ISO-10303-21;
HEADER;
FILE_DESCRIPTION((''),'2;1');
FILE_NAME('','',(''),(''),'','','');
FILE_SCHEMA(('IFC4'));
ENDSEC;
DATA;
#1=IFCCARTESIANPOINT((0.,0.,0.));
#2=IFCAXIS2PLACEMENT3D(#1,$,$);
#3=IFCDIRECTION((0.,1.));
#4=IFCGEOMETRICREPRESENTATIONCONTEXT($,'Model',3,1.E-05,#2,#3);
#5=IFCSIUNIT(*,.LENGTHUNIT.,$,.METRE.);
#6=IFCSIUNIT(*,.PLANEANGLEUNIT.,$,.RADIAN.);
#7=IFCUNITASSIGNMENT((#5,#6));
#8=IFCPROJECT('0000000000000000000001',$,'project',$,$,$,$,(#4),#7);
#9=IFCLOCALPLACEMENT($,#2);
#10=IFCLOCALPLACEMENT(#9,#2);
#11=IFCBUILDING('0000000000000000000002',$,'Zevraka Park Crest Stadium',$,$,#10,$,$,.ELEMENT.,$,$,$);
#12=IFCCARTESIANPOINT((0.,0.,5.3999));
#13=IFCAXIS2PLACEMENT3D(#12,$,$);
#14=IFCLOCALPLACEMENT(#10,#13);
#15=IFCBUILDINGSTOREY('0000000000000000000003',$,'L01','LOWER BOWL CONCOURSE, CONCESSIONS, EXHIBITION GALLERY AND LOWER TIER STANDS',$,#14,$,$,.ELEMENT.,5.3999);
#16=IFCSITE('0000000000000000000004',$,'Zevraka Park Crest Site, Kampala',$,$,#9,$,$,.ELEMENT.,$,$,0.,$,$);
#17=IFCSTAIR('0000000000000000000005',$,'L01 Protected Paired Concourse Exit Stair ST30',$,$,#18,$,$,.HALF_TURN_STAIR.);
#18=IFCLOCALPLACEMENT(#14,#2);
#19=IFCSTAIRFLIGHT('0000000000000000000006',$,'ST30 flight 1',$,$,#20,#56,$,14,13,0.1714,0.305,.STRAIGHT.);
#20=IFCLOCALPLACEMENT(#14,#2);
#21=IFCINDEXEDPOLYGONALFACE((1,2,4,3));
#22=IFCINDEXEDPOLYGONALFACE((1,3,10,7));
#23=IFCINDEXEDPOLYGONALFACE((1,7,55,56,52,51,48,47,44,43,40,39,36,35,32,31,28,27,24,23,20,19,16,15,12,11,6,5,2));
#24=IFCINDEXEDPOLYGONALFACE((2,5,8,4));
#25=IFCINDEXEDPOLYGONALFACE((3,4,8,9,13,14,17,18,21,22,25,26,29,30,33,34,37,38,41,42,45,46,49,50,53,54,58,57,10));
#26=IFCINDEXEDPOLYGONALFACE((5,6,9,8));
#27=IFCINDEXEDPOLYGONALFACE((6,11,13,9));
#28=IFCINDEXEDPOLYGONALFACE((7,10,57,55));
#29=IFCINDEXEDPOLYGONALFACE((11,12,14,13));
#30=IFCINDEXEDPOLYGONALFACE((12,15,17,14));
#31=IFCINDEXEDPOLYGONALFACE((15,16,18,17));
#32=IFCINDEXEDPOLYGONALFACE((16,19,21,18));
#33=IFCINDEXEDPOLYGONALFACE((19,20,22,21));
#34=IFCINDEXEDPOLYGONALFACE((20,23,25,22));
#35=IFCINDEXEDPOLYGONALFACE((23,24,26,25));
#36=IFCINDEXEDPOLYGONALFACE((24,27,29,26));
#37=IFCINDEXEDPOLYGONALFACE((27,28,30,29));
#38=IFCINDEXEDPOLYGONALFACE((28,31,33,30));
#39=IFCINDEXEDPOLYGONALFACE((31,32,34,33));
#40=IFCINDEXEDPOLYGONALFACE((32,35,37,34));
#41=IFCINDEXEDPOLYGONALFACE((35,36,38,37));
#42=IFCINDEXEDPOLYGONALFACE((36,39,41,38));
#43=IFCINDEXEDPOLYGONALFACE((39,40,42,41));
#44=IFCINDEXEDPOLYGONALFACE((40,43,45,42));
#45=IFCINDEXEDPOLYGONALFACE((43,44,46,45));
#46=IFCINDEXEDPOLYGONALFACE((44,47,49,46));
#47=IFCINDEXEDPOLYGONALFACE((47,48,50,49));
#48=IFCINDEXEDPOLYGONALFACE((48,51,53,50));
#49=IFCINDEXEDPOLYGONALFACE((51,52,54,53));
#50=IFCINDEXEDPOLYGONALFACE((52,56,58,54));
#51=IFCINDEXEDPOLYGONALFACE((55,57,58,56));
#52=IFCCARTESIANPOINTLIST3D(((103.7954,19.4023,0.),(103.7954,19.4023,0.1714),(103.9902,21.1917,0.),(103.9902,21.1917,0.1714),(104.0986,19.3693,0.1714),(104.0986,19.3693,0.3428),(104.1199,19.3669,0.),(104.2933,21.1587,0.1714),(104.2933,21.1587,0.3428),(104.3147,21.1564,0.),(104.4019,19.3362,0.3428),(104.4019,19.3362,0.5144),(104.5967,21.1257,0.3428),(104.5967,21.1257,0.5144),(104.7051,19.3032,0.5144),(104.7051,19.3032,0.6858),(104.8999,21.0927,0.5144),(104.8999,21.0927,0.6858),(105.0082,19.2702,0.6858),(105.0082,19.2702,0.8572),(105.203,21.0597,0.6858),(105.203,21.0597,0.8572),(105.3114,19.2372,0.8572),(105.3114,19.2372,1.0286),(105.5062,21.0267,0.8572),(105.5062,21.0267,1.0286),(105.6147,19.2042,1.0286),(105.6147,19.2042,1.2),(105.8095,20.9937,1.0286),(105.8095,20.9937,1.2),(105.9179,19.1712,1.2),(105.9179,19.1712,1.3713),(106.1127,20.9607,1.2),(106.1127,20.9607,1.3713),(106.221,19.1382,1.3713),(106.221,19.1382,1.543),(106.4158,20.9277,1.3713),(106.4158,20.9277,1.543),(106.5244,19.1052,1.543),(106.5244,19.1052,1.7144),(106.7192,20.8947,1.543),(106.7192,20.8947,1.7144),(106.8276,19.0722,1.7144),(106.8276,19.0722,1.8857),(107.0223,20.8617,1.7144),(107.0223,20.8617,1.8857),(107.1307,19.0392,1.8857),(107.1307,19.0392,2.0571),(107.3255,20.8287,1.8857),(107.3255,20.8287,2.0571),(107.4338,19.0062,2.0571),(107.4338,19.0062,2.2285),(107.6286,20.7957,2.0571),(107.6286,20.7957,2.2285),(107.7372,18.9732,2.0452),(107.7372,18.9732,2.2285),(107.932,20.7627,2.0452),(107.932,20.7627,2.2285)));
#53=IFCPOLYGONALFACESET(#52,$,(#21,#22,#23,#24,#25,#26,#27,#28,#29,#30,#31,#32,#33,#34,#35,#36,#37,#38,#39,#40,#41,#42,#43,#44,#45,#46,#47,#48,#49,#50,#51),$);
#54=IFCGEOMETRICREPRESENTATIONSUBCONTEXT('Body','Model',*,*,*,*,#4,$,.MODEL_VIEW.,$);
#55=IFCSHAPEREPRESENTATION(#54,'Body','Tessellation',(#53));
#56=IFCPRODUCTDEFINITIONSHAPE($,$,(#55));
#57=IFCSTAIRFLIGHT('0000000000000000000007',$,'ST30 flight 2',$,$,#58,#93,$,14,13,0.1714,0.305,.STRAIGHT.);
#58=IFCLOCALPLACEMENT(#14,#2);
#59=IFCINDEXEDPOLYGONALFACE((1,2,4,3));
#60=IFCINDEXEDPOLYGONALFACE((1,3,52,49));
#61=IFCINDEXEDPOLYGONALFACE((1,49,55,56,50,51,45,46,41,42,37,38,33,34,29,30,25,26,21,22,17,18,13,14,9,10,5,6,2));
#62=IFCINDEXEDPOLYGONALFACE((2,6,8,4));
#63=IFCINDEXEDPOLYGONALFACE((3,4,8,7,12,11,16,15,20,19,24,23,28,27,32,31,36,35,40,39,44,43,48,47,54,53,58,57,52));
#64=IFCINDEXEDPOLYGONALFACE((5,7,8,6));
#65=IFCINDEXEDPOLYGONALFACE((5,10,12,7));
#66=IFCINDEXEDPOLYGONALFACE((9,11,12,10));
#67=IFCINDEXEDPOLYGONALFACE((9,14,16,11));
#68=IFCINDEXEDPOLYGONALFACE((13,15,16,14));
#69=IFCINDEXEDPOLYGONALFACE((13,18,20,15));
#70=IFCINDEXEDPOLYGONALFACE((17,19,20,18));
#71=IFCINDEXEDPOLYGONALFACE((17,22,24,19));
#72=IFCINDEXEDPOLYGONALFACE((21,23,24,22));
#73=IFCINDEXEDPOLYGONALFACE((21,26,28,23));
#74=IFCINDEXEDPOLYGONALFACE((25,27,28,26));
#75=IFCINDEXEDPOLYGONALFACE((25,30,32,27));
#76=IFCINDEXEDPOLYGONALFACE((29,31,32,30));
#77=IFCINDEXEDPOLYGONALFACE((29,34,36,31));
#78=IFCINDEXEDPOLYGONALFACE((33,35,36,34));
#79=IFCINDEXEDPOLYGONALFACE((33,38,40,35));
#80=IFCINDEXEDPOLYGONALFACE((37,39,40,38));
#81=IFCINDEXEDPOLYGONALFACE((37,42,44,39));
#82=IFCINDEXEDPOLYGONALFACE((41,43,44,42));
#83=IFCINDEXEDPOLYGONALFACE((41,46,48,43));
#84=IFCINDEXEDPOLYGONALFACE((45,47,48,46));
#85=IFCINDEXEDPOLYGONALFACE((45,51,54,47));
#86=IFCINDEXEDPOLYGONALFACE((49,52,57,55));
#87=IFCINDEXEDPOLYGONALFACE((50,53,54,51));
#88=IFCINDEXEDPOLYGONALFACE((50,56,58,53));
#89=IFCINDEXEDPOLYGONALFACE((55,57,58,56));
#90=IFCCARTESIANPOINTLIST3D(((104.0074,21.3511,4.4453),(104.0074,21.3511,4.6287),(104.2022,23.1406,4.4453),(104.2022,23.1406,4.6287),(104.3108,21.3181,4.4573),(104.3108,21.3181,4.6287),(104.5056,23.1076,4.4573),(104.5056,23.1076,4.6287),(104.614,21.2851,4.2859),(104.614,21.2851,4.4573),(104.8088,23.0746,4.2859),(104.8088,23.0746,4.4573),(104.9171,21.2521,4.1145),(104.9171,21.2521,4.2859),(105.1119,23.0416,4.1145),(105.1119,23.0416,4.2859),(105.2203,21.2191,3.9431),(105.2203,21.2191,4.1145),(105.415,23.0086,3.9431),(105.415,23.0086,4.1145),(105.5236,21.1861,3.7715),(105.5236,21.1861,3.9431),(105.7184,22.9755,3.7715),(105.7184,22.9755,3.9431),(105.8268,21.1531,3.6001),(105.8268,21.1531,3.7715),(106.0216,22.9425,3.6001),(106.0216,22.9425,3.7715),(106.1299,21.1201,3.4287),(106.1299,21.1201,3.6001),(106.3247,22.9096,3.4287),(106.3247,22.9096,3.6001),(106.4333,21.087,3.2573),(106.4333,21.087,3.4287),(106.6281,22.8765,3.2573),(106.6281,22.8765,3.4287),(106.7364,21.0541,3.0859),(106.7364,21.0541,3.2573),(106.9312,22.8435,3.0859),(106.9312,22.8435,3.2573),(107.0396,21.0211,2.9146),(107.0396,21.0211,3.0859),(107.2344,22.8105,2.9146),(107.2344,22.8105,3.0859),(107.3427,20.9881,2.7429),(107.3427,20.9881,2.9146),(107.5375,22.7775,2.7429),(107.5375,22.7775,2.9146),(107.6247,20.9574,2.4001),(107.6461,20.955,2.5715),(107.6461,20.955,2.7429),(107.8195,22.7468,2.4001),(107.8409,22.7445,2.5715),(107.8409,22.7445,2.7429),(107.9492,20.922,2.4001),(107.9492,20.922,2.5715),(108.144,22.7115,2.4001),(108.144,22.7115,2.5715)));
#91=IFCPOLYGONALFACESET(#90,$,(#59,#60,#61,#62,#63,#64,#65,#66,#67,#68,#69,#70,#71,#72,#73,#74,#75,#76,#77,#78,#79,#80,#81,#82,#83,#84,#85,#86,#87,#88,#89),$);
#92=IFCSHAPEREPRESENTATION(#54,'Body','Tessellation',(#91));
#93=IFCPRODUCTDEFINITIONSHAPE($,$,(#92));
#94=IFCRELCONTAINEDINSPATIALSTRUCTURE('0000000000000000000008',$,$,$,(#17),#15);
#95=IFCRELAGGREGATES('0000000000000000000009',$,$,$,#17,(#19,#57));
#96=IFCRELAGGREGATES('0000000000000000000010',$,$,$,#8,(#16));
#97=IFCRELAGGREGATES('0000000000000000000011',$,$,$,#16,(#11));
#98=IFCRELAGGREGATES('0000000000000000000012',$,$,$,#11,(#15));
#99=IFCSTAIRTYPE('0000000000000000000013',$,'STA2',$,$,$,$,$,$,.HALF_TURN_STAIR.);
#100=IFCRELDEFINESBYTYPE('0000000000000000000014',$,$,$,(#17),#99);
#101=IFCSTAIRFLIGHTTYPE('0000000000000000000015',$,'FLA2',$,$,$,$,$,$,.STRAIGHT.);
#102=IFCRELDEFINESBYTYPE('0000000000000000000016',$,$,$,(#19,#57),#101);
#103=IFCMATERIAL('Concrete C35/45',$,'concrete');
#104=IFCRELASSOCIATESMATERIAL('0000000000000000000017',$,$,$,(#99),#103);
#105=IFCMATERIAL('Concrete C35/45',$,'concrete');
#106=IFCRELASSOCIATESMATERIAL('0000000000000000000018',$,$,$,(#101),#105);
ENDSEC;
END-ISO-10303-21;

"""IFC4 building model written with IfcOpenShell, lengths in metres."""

from ifc_helpers import new_model, si_unit, direction, frame, origin, place, context, subcontext, project, spatial, polyline, outline, extrude, material, type_object, element, aggregate, save


model = new_model("IFC4")

# Units and contexts
model_context = context("Model", 3, precision=1e-05, world=origin(), true_north=direction((0.0, 1.0)))
body_context = subcontext(model_context, "Body", "Model", "MODEL_VIEW")
ifc_project = project(units=[si_unit("LENGTHUNIT", "METRE"), si_unit("PLANEANGLEUNIT", "RADIAN")], contexts=[model_context])

# Site, building, storey
site_placement = place(None, origin())
site = spatial("IfcSite", under=ifc_project, at=site_placement, Name="Zevraka Park Crest Site, Kampala", CompositionType="ELEMENT", RefElevation=0.0)
building_placement = place(site_placement, origin())
building = spatial("IfcBuilding", under=site, at=building_placement, Name="Zevraka Park Crest Stadium", CompositionType="ELEMENT")
storey_placement = place(building_placement, frame((0.0, 0.0, 5.3999)))
storey = spatial("IfcBuildingStorey", under=building, at=storey_placement, Name="L01", Description="LOWER BOWL CONCOURSE, CONCESSIONS, EXHIBITION GALLERY AND LOWER TIER STANDS", CompositionType="ELEMENT", Elevation=5.3999)

# Stair, stair flights
ifc_material_1 = material(Name="Concrete C35/45", Category="concrete")
stair_type = type_object("IfcStairType", Name="STA2", PredefinedType="HALF_TURN_STAIR", material=ifc_material_1)
stair_placement = place(storey_placement, origin())
stair = element("IfcStair", 1, at=stair_placement, inside=storey, type_object=stair_type, Name="L01 Protected Paired Concourse Exit Stair ST30", PredefinedType="HALF_TURN_STAIR")
ifc_material_2 = material(Name="Concrete C35/45", Category="concrete")
stair_flight_type = type_object("IfcStairFlightType", Name="FLA2", PredefinedType="STRAIGHT", material=ifc_material_2)
stair_flight_1_placement = place(storey_placement, frame((103.8928, 20.2971, 0.0), z_axis=(0.0, 0.0, 1.0), x_axis=(0.994128, -0.108215, 0.0)))
stair_flight_1 = element("IfcStairFlight", 2, at=stair_flight_1_placement, type_object=stair_flight_type, Name="ST30 flight 1", NumberOfRisers=14, NumberOfTreads=13, PredefinedType="STRAIGHT", RiserHeight=0.1714, TreadLength=0.305, context=body_context, shape_type="SweptSolid", body=[
    extrude(outline(polyline([(0.0, 0.0), (0.0, 0.1714), (0.3049, 0.1714), (0.3049, 0.3428), (0.6101, 0.3428), (0.6101, 0.5144), (0.915, 0.5144), (0.915, 0.6858), (1.22, 0.6858), (1.22, 0.8572), (1.5249, 0.8572), (1.5249, 1.0286), (1.8301, 1.0286), (1.8301, 1.2), (2.135, 1.2), (2.135, 1.3713), (2.4399, 1.3713), (2.4399, 1.543), (2.7451, 1.543), (2.7451, 1.7144), (3.05, 1.7144), (3.05, 1.8857), (3.355, 1.8857), (3.355, 2.0571), (3.6599, 2.0571), (3.6599, 2.2285), (3.9651, 2.2285), (3.9651, 2.3999), (3.9651, 2.0452), (0.3264, 0.0), (0.0, 0.0)])), frame((0.0, 0.8999, 0.0), z_axis=(0.0, -1.0, 0.0), x_axis=(1.0, 0.0, 0.0)), (0.0, 0.0, 1.0), 1.8),
])
stair_flight_2_placement = place(storey_placement, frame((108.0466, 21.8167, 2.4001), z_axis=(0.0, 0.0, 1.0), x_axis=(-0.994128, 0.108215, 0.0)))
stair_flight_2 = element("IfcStairFlight", 3, at=stair_flight_2_placement, type_object=stair_flight_type, Name="ST30 flight 2", NumberOfRisers=14, NumberOfTreads=13, PredefinedType="STRAIGHT", RiserHeight=0.1714, TreadLength=0.305, context=body_context, shape_type="SweptSolid", body=[
    extrude(outline(polyline([(0.0, 0.0), (0.0, 0.1714), (0.3049, 0.1714), (0.3049, 0.3428), (0.6101, 0.3428), (0.6101, 0.5144), (0.915, 0.5144), (0.915, 0.6858), (1.22, 0.6858), (1.22, 0.8572), (1.5249, 0.8572), (1.5249, 1.0286), (1.8301, 1.0286), (1.8301, 1.2), (2.135, 1.2), (2.135, 1.3713), (2.4399, 1.3713), (2.4399, 1.543), (2.7451, 1.543), (2.7451, 1.7144), (3.05, 1.7144), (3.05, 1.8857), (3.355, 1.8857), (3.355, 2.0571), (3.6599, 2.0571), (3.6599, 2.2285), (3.9651, 2.2285), (3.9651, 2.3999), (3.9651, 2.0452), (0.3264, 0.0), (0.0, 0.0)])), frame((0.0, 0.8999, 0.0), z_axis=(0.0, -1.0, 0.0), x_axis=(1.0, 0.0, 0.0)), (0.0, 0.0, 1.0), 1.8),
])
aggregate(stair, [stair_flight_1, stair_flight_2])

save(model, "model.ifc")
